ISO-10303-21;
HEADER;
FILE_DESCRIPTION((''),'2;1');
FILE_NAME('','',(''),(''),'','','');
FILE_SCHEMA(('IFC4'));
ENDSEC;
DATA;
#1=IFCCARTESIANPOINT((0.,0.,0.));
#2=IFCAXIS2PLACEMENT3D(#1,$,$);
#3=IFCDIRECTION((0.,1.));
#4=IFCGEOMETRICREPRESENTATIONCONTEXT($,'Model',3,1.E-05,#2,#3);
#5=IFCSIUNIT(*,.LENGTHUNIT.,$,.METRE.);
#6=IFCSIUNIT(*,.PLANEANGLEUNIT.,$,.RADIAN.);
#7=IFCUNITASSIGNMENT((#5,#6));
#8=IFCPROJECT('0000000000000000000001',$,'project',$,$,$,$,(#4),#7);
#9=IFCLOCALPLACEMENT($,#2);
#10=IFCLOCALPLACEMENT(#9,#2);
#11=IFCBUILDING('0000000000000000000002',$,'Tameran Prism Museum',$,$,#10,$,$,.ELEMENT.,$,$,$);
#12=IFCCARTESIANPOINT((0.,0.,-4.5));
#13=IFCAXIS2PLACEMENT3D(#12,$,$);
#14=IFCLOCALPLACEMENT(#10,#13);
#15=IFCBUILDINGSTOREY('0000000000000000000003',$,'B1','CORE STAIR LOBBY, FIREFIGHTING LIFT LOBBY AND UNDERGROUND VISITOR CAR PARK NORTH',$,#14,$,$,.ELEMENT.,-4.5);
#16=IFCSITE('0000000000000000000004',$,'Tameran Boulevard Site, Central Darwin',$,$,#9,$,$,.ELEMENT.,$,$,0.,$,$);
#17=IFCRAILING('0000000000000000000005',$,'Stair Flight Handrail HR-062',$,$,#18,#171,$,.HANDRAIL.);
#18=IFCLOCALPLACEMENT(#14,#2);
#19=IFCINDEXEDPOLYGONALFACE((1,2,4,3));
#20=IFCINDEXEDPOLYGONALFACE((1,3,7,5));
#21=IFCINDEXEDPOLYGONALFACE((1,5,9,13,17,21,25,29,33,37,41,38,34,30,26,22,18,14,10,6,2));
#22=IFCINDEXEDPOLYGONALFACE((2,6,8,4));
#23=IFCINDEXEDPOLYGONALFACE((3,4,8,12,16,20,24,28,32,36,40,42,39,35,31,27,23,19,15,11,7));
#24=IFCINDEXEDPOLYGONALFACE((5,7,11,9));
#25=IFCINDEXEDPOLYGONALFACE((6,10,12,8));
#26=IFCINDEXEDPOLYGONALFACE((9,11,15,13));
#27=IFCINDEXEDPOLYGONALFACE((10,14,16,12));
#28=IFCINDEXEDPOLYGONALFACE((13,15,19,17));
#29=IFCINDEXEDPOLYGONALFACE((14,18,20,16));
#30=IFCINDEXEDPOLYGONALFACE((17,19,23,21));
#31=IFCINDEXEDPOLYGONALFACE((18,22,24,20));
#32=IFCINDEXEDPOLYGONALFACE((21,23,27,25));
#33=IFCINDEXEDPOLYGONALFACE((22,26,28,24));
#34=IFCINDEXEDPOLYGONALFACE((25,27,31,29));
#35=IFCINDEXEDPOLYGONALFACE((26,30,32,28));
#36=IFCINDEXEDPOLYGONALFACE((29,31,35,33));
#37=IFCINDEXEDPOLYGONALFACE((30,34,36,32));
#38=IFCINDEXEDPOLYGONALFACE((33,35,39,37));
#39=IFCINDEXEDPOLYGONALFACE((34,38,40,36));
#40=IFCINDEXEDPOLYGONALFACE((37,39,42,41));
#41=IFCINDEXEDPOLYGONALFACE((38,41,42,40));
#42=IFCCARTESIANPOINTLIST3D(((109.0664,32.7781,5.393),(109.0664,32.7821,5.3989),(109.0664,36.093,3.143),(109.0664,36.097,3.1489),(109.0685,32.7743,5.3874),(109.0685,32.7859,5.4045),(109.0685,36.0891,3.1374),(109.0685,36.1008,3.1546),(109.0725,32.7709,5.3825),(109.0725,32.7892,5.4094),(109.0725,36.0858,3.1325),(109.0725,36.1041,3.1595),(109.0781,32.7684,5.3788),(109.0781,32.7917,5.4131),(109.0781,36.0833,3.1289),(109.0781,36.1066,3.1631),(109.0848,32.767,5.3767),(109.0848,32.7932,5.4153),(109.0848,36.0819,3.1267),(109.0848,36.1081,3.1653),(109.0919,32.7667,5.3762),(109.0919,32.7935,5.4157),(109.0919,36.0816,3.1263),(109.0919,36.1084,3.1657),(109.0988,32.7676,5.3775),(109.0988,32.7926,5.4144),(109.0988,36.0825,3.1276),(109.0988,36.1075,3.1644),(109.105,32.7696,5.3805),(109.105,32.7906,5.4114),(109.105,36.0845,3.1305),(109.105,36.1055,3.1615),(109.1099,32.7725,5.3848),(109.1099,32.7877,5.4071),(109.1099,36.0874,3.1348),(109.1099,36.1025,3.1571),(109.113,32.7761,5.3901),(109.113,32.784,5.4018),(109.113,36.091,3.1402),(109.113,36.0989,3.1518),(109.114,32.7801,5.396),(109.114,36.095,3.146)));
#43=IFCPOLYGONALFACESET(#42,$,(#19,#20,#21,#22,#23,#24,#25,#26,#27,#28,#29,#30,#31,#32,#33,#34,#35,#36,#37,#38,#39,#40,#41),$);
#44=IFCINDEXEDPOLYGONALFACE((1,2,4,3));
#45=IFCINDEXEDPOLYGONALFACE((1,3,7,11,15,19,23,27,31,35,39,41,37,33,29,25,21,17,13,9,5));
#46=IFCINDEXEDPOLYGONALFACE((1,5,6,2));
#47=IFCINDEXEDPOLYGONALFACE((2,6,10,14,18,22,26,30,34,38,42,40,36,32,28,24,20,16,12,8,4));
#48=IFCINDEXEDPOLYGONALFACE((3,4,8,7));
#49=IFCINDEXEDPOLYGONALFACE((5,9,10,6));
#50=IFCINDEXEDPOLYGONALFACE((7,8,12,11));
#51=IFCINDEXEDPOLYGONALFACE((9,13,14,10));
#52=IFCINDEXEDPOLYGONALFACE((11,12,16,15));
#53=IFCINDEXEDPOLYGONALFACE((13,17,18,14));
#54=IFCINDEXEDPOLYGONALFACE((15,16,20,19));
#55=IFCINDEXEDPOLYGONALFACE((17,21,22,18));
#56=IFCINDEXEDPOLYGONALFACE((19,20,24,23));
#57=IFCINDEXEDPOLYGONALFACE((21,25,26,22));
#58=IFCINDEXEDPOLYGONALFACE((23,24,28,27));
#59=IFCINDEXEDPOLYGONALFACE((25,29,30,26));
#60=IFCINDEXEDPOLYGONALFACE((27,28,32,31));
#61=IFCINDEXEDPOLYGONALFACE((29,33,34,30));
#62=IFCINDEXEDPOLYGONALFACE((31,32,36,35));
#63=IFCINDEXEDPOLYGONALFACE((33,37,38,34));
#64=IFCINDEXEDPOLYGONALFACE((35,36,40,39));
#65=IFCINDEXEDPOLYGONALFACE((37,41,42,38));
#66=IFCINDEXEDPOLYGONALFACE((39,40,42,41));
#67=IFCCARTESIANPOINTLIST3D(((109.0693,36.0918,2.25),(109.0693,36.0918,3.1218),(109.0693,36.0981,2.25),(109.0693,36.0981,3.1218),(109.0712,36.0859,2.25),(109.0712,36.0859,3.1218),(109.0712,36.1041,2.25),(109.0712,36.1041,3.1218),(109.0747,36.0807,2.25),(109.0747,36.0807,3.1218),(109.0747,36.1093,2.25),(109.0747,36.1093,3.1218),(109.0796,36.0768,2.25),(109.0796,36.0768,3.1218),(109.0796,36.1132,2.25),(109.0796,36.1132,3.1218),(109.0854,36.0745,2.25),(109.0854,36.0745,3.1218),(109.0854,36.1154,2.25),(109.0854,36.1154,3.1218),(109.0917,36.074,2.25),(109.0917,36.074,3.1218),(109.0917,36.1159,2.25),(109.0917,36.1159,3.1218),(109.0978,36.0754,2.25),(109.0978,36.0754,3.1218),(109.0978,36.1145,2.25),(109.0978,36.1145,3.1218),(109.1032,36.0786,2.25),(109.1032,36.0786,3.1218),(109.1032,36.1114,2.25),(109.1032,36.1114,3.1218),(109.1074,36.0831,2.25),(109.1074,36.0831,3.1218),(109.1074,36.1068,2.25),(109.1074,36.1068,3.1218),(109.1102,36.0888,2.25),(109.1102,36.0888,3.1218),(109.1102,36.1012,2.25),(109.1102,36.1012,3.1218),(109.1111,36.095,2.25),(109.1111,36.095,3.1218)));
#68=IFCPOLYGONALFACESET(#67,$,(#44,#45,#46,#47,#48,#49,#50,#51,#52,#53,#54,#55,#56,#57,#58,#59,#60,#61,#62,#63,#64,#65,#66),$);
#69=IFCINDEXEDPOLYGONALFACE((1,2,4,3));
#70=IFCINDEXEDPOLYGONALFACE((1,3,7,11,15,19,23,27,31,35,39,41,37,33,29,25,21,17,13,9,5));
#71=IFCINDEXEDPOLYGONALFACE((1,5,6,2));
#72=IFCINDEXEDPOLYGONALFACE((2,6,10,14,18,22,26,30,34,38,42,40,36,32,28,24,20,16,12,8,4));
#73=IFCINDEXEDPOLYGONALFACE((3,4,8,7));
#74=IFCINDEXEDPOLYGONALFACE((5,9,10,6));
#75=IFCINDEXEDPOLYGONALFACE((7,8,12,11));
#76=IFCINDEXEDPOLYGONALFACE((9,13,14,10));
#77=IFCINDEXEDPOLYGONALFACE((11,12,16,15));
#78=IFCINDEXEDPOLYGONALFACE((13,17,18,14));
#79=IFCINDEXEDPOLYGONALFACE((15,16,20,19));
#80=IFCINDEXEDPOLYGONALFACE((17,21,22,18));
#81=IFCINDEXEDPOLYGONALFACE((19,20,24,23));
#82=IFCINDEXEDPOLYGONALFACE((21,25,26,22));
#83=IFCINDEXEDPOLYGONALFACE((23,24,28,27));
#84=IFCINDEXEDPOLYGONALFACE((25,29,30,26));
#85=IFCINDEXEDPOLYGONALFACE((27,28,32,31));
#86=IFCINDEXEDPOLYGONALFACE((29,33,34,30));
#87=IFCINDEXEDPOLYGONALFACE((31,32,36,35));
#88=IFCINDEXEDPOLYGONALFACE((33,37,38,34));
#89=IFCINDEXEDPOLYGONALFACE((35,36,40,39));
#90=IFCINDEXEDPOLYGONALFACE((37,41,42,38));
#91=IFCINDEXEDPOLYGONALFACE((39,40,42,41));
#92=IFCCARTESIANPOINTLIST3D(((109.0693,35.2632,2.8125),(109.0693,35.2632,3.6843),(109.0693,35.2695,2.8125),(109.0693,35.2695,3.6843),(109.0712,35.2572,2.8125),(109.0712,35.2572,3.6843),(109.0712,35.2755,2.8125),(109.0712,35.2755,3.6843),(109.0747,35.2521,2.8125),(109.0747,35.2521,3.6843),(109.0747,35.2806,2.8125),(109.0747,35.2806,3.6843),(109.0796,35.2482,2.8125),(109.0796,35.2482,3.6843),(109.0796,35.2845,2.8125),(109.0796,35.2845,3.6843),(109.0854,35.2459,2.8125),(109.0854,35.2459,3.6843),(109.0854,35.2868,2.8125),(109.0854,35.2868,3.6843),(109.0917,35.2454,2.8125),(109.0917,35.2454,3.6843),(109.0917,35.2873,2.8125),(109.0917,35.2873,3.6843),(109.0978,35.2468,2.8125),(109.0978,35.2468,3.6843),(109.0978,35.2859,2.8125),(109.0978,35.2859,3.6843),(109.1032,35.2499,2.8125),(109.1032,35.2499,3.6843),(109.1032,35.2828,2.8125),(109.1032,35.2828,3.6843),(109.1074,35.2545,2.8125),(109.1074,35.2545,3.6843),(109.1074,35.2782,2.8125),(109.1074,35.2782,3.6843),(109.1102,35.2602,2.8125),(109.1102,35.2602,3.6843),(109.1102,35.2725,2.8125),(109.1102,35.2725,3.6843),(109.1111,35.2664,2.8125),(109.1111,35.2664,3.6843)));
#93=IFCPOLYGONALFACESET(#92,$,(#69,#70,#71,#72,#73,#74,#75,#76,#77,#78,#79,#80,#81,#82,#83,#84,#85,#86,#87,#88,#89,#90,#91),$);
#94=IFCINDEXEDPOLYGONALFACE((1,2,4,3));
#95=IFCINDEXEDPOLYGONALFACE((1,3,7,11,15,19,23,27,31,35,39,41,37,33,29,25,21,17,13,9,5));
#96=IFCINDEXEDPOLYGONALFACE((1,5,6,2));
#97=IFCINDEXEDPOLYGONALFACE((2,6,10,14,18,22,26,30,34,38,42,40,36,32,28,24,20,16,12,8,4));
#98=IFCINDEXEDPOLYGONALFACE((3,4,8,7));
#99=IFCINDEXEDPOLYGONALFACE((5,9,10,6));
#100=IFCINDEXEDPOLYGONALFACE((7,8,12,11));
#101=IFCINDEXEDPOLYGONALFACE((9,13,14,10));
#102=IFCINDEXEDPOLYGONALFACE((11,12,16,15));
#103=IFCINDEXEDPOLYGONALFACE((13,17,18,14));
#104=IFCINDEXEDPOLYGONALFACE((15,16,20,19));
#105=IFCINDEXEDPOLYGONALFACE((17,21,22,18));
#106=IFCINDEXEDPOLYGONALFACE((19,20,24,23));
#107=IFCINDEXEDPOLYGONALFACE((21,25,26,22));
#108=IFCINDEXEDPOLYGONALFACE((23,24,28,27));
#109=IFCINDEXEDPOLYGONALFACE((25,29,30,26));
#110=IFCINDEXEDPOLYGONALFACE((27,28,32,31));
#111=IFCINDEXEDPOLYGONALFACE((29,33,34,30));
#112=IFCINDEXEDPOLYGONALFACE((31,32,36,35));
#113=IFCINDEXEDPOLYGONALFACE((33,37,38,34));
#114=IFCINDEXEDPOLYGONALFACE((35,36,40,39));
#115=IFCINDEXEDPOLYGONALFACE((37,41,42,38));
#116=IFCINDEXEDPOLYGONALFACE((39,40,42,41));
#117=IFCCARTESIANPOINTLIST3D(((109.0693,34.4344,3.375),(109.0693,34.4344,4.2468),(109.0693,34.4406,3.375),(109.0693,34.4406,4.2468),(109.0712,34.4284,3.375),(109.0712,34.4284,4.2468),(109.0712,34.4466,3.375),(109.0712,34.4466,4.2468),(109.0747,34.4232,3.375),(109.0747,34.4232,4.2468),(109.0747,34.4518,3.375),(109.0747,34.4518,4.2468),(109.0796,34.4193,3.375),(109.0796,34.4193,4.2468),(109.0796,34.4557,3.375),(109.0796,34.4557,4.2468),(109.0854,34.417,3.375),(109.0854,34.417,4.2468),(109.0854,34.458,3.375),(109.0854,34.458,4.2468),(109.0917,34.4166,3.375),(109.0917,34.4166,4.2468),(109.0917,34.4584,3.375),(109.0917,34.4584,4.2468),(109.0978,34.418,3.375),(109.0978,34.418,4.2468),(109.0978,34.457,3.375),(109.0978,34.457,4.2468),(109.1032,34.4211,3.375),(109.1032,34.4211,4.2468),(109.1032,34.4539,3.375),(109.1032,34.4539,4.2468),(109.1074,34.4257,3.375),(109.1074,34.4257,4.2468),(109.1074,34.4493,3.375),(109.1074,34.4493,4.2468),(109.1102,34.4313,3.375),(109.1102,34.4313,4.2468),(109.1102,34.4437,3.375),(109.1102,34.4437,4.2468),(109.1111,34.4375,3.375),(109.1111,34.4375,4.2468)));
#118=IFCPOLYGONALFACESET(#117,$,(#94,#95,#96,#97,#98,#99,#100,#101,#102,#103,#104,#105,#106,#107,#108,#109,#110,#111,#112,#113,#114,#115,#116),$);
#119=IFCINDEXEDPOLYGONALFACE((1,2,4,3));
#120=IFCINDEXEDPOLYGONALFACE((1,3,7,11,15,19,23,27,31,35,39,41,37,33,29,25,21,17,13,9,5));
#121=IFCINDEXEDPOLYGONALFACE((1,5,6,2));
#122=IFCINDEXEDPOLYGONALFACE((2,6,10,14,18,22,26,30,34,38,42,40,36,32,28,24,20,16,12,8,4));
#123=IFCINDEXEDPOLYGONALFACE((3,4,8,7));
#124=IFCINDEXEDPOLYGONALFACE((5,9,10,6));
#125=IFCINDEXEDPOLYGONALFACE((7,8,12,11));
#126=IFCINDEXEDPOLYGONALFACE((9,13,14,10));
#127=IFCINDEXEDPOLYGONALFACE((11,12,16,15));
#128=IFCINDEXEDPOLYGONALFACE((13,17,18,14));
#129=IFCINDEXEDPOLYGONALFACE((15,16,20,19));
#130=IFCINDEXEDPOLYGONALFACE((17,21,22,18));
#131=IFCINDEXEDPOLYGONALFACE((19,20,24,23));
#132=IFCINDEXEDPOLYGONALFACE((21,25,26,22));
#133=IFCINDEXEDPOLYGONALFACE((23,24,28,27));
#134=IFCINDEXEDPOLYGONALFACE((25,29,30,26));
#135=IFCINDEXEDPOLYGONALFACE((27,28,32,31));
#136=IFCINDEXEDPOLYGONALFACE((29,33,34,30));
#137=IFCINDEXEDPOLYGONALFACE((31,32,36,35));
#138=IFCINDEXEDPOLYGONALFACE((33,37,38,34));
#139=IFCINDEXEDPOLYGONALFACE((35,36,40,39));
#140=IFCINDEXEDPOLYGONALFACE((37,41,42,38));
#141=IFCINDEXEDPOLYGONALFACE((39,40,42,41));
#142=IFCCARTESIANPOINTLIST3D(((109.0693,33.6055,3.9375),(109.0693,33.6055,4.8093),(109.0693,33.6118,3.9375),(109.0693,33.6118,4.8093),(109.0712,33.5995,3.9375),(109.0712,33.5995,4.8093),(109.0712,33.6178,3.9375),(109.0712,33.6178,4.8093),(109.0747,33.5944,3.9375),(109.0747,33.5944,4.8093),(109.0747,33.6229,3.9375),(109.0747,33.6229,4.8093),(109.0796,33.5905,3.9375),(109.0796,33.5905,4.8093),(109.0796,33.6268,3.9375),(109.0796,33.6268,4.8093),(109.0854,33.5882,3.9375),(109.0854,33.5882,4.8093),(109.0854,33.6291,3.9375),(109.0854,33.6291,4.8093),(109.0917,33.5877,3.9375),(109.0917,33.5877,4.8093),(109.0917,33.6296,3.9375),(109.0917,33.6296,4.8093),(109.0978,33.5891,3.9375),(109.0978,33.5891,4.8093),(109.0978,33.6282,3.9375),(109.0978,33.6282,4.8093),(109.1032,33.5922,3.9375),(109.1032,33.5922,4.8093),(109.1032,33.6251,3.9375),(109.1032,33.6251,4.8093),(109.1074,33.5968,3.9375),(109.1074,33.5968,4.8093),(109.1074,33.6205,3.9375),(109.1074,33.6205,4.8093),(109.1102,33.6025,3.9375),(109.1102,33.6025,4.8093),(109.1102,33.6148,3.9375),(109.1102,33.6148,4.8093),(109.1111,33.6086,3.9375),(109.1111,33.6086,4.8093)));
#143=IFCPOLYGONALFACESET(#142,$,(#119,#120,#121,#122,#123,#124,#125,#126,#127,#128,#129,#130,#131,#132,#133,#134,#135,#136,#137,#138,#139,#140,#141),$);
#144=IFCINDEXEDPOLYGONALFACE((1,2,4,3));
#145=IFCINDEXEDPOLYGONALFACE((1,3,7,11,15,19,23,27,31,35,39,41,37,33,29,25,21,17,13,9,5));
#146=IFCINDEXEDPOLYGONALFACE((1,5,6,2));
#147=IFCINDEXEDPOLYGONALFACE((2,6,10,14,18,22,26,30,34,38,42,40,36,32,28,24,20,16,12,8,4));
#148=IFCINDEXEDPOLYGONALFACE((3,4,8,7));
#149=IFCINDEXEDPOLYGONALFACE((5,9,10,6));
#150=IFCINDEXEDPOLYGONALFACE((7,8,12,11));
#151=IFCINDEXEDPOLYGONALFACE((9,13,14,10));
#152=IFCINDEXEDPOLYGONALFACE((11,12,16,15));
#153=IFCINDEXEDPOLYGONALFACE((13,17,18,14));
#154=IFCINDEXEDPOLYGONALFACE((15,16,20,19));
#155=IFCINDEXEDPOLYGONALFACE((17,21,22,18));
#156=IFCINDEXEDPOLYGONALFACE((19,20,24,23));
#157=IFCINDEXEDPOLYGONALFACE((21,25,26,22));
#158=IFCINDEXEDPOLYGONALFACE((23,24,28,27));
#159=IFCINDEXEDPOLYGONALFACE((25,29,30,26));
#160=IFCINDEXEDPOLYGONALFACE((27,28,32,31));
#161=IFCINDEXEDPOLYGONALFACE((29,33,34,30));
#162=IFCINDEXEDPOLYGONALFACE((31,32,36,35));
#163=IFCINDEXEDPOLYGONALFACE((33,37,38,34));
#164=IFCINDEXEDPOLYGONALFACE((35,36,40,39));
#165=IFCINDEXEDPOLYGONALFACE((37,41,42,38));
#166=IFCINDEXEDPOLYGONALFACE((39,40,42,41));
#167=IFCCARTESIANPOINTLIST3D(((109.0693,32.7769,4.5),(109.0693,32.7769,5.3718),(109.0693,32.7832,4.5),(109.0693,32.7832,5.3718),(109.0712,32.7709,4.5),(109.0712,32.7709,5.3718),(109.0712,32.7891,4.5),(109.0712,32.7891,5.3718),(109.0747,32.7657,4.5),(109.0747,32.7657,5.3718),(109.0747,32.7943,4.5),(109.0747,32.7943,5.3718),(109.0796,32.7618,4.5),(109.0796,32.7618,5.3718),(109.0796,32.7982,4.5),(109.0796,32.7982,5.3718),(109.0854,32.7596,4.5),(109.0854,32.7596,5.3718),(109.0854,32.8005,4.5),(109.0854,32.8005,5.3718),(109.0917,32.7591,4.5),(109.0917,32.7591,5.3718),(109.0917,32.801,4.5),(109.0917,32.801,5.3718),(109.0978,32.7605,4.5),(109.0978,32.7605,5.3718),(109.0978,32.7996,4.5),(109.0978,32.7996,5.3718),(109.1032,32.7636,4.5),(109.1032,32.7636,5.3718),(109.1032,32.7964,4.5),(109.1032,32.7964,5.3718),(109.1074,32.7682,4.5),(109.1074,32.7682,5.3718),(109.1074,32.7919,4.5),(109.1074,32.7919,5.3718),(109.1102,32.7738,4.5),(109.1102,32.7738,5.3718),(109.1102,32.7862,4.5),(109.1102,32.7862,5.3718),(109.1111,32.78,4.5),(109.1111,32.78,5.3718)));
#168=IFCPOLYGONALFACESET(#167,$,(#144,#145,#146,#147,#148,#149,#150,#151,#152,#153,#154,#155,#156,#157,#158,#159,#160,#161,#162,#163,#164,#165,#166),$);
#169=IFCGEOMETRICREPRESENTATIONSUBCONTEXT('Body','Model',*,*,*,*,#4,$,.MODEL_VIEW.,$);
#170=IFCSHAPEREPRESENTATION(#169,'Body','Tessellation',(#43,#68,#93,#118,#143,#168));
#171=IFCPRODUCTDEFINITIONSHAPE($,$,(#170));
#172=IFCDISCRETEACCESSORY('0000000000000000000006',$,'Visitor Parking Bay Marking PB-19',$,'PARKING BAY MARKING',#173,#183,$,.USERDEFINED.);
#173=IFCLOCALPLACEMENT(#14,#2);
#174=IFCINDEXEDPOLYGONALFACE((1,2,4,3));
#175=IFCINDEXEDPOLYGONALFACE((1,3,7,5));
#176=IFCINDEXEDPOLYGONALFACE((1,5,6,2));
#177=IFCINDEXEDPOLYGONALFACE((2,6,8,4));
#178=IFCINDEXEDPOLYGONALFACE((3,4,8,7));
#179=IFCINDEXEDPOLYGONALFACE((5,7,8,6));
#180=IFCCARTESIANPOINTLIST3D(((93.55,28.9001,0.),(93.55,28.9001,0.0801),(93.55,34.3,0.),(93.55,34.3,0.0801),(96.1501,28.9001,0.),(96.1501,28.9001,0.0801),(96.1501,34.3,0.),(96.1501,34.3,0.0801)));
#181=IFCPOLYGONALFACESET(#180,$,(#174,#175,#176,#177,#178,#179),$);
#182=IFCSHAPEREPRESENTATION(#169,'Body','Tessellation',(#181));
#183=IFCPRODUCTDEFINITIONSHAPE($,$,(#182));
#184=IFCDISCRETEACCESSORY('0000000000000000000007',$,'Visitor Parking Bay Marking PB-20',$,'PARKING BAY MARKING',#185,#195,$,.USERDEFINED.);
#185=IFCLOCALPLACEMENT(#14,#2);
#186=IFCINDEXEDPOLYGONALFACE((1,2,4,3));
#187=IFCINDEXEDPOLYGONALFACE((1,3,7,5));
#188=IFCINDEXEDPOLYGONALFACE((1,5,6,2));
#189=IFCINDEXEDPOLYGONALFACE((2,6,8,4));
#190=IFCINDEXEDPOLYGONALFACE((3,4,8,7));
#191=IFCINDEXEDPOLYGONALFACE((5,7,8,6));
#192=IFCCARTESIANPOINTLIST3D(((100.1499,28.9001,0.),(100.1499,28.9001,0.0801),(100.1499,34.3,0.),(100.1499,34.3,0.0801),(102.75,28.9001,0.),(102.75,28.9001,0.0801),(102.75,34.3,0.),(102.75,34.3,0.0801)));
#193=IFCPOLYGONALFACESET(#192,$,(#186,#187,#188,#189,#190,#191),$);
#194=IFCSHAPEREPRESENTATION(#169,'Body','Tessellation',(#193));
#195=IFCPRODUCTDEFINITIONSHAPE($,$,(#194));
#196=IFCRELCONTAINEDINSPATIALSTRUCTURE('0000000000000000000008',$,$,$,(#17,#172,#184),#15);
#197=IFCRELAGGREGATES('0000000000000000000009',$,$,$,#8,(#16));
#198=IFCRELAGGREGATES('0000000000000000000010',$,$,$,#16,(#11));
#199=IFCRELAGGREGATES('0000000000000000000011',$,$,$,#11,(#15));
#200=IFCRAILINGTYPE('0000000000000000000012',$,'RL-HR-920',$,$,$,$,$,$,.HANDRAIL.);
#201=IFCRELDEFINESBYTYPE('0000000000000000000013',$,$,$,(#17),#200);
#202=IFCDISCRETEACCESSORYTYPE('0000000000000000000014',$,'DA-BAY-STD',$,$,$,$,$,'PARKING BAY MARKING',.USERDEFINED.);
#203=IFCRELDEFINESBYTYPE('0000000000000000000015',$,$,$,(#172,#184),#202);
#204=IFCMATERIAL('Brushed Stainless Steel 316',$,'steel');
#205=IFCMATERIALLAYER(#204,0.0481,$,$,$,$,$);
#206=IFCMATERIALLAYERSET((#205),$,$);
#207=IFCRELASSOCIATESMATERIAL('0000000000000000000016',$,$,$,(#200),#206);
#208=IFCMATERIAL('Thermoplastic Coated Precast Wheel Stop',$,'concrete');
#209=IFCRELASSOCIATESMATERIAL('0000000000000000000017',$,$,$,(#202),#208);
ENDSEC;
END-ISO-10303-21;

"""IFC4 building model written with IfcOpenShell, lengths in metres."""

from ifc_helpers import new_model, si_unit, direction, frame, origin, origin_2d, place, context, subcontext, project, spatial, rectangle, circle, extrude, material, layer, layer_set, type_object, element, save


model = new_model("IFC4")

# Units and contexts
model_context = context("Model", 3, precision=1e-05, world=origin(), true_north=direction((0.0, 1.0)))
body_context = subcontext(model_context, "Body", "Model", "MODEL_VIEW")
ifc_project = project(units=[si_unit("LENGTHUNIT", "METRE"), si_unit("PLANEANGLEUNIT", "RADIAN")], contexts=[model_context])

# Site, building, storey
site_placement = place(None, origin())
site = spatial("IfcSite", under=ifc_project, at=site_placement, Name="Tameran Boulevard Site, Central Darwin", CompositionType="ELEMENT", RefElevation=0.0)
building_placement = place(site_placement, origin())
building = spatial("IfcBuilding", under=site, at=building_placement, Name="Tameran Prism Museum", CompositionType="ELEMENT")
storey_placement = place(building_placement, frame((0.0, 0.0, -4.5)))
storey = spatial("IfcBuildingStorey", under=building, at=storey_placement, Name="B1", Description="CORE STAIR LOBBY, FIREFIGHTING LIFT LOBBY AND UNDERGROUND VISITOR CAR PARK NORTH", CompositionType="ELEMENT", Elevation=-4.5)

# Railing
ifc_material_1 = material(Name="Brushed Stainless Steel 316", Category="steel")
ifc_layer_1 = layer(ifc_material_1, 0.0481)
ifc_layer_set_1 = layer_set([ifc_layer_1])
railing_type_1 = type_object("IfcRailingType", Name="RL-HR-920", PredefinedType="HANDRAIL", material=ifc_layer_set_1)
railing_1_placement = place(storey_placement, frame((109.0901, 36.095, 2.25)))
element("IfcRailing", 1, at=railing_1_placement, inside=storey, type_object=railing_type_1, Name="Stair Flight Handrail HR-062", PredefinedType="HANDRAIL", context=body_context, shape_type="SweptSolid", body=[
    extrude(circle(Radius=0.0239, at=origin_2d()), frame((0.0, 0.0, 0.896), z_axis=(0.0, -0.827409, 0.5616), x_axis=(1.0, 0.0, 0.0)), (0.0, 0.0, 1.0), 4.0063),
    extrude(circle(Radius=0.021, at=origin_2d()), origin(), (0.0, 0.0, 1.0), 0.8718),
    extrude(circle(Radius=0.021, at=origin_2d()), frame((0.0, -0.8286, 0.5625)), (0.0, 0.0, 1.0), 0.8718),
    extrude(circle(Radius=0.021, at=origin_2d()), frame((0.0, -1.6575, 1.125)), (0.0, 0.0, 1.0), 0.8718),
    extrude(circle(Radius=0.021, at=origin_2d()), frame((0.0, -2.4863, 1.6875)), (0.0, 0.0, 1.0), 0.8718),
    extrude(circle(Radius=0.021, at=origin_2d()), frame((0.0, -3.3149, 2.25)), (0.0, 0.0, 1.0), 0.8718),
])

# Discrete accessories
ifc_material_2 = material(Name="Thermoplastic Coated Precast Wheel Stop", Category="concrete")
discrete_accessory_type = type_object("IfcDiscreteAccessoryType", Name="DA-BAY-STD", ElementType="PARKING BAY MARKING", PredefinedType="USERDEFINED", material=ifc_material_2)
for number, where, z_axis, x_axis, name in (
    (2, (94.8501, 31.6001, 0.0), (0.0, 0.0, 1.0), (1.0, 0.0, 0.0), "Visitor Parking Bay Marking PB-19"),
    (3, (101.45, 31.6001, 0.0), (0.0, 0.0, 1.0), (1.0, 0.0, 0.0), "Visitor Parking Bay Marking PB-20"),
):
    element("IfcDiscreteAccessory", number, at=place(storey_placement, frame(where, z_axis=z_axis, x_axis=x_axis)), inside=storey, type_object=discrete_accessory_type, Name=name, ObjectType="PARKING BAY MARKING", PredefinedType="USERDEFINED", context=body_context, shape_type="SweptSolid", body=[
        extrude(rectangle(XDim=2.6001, YDim=5.3999, at=origin_2d()), origin(), (0.0, 0.0, 1.0), 0.0801),
    ])

save(model, "model.ifc")
